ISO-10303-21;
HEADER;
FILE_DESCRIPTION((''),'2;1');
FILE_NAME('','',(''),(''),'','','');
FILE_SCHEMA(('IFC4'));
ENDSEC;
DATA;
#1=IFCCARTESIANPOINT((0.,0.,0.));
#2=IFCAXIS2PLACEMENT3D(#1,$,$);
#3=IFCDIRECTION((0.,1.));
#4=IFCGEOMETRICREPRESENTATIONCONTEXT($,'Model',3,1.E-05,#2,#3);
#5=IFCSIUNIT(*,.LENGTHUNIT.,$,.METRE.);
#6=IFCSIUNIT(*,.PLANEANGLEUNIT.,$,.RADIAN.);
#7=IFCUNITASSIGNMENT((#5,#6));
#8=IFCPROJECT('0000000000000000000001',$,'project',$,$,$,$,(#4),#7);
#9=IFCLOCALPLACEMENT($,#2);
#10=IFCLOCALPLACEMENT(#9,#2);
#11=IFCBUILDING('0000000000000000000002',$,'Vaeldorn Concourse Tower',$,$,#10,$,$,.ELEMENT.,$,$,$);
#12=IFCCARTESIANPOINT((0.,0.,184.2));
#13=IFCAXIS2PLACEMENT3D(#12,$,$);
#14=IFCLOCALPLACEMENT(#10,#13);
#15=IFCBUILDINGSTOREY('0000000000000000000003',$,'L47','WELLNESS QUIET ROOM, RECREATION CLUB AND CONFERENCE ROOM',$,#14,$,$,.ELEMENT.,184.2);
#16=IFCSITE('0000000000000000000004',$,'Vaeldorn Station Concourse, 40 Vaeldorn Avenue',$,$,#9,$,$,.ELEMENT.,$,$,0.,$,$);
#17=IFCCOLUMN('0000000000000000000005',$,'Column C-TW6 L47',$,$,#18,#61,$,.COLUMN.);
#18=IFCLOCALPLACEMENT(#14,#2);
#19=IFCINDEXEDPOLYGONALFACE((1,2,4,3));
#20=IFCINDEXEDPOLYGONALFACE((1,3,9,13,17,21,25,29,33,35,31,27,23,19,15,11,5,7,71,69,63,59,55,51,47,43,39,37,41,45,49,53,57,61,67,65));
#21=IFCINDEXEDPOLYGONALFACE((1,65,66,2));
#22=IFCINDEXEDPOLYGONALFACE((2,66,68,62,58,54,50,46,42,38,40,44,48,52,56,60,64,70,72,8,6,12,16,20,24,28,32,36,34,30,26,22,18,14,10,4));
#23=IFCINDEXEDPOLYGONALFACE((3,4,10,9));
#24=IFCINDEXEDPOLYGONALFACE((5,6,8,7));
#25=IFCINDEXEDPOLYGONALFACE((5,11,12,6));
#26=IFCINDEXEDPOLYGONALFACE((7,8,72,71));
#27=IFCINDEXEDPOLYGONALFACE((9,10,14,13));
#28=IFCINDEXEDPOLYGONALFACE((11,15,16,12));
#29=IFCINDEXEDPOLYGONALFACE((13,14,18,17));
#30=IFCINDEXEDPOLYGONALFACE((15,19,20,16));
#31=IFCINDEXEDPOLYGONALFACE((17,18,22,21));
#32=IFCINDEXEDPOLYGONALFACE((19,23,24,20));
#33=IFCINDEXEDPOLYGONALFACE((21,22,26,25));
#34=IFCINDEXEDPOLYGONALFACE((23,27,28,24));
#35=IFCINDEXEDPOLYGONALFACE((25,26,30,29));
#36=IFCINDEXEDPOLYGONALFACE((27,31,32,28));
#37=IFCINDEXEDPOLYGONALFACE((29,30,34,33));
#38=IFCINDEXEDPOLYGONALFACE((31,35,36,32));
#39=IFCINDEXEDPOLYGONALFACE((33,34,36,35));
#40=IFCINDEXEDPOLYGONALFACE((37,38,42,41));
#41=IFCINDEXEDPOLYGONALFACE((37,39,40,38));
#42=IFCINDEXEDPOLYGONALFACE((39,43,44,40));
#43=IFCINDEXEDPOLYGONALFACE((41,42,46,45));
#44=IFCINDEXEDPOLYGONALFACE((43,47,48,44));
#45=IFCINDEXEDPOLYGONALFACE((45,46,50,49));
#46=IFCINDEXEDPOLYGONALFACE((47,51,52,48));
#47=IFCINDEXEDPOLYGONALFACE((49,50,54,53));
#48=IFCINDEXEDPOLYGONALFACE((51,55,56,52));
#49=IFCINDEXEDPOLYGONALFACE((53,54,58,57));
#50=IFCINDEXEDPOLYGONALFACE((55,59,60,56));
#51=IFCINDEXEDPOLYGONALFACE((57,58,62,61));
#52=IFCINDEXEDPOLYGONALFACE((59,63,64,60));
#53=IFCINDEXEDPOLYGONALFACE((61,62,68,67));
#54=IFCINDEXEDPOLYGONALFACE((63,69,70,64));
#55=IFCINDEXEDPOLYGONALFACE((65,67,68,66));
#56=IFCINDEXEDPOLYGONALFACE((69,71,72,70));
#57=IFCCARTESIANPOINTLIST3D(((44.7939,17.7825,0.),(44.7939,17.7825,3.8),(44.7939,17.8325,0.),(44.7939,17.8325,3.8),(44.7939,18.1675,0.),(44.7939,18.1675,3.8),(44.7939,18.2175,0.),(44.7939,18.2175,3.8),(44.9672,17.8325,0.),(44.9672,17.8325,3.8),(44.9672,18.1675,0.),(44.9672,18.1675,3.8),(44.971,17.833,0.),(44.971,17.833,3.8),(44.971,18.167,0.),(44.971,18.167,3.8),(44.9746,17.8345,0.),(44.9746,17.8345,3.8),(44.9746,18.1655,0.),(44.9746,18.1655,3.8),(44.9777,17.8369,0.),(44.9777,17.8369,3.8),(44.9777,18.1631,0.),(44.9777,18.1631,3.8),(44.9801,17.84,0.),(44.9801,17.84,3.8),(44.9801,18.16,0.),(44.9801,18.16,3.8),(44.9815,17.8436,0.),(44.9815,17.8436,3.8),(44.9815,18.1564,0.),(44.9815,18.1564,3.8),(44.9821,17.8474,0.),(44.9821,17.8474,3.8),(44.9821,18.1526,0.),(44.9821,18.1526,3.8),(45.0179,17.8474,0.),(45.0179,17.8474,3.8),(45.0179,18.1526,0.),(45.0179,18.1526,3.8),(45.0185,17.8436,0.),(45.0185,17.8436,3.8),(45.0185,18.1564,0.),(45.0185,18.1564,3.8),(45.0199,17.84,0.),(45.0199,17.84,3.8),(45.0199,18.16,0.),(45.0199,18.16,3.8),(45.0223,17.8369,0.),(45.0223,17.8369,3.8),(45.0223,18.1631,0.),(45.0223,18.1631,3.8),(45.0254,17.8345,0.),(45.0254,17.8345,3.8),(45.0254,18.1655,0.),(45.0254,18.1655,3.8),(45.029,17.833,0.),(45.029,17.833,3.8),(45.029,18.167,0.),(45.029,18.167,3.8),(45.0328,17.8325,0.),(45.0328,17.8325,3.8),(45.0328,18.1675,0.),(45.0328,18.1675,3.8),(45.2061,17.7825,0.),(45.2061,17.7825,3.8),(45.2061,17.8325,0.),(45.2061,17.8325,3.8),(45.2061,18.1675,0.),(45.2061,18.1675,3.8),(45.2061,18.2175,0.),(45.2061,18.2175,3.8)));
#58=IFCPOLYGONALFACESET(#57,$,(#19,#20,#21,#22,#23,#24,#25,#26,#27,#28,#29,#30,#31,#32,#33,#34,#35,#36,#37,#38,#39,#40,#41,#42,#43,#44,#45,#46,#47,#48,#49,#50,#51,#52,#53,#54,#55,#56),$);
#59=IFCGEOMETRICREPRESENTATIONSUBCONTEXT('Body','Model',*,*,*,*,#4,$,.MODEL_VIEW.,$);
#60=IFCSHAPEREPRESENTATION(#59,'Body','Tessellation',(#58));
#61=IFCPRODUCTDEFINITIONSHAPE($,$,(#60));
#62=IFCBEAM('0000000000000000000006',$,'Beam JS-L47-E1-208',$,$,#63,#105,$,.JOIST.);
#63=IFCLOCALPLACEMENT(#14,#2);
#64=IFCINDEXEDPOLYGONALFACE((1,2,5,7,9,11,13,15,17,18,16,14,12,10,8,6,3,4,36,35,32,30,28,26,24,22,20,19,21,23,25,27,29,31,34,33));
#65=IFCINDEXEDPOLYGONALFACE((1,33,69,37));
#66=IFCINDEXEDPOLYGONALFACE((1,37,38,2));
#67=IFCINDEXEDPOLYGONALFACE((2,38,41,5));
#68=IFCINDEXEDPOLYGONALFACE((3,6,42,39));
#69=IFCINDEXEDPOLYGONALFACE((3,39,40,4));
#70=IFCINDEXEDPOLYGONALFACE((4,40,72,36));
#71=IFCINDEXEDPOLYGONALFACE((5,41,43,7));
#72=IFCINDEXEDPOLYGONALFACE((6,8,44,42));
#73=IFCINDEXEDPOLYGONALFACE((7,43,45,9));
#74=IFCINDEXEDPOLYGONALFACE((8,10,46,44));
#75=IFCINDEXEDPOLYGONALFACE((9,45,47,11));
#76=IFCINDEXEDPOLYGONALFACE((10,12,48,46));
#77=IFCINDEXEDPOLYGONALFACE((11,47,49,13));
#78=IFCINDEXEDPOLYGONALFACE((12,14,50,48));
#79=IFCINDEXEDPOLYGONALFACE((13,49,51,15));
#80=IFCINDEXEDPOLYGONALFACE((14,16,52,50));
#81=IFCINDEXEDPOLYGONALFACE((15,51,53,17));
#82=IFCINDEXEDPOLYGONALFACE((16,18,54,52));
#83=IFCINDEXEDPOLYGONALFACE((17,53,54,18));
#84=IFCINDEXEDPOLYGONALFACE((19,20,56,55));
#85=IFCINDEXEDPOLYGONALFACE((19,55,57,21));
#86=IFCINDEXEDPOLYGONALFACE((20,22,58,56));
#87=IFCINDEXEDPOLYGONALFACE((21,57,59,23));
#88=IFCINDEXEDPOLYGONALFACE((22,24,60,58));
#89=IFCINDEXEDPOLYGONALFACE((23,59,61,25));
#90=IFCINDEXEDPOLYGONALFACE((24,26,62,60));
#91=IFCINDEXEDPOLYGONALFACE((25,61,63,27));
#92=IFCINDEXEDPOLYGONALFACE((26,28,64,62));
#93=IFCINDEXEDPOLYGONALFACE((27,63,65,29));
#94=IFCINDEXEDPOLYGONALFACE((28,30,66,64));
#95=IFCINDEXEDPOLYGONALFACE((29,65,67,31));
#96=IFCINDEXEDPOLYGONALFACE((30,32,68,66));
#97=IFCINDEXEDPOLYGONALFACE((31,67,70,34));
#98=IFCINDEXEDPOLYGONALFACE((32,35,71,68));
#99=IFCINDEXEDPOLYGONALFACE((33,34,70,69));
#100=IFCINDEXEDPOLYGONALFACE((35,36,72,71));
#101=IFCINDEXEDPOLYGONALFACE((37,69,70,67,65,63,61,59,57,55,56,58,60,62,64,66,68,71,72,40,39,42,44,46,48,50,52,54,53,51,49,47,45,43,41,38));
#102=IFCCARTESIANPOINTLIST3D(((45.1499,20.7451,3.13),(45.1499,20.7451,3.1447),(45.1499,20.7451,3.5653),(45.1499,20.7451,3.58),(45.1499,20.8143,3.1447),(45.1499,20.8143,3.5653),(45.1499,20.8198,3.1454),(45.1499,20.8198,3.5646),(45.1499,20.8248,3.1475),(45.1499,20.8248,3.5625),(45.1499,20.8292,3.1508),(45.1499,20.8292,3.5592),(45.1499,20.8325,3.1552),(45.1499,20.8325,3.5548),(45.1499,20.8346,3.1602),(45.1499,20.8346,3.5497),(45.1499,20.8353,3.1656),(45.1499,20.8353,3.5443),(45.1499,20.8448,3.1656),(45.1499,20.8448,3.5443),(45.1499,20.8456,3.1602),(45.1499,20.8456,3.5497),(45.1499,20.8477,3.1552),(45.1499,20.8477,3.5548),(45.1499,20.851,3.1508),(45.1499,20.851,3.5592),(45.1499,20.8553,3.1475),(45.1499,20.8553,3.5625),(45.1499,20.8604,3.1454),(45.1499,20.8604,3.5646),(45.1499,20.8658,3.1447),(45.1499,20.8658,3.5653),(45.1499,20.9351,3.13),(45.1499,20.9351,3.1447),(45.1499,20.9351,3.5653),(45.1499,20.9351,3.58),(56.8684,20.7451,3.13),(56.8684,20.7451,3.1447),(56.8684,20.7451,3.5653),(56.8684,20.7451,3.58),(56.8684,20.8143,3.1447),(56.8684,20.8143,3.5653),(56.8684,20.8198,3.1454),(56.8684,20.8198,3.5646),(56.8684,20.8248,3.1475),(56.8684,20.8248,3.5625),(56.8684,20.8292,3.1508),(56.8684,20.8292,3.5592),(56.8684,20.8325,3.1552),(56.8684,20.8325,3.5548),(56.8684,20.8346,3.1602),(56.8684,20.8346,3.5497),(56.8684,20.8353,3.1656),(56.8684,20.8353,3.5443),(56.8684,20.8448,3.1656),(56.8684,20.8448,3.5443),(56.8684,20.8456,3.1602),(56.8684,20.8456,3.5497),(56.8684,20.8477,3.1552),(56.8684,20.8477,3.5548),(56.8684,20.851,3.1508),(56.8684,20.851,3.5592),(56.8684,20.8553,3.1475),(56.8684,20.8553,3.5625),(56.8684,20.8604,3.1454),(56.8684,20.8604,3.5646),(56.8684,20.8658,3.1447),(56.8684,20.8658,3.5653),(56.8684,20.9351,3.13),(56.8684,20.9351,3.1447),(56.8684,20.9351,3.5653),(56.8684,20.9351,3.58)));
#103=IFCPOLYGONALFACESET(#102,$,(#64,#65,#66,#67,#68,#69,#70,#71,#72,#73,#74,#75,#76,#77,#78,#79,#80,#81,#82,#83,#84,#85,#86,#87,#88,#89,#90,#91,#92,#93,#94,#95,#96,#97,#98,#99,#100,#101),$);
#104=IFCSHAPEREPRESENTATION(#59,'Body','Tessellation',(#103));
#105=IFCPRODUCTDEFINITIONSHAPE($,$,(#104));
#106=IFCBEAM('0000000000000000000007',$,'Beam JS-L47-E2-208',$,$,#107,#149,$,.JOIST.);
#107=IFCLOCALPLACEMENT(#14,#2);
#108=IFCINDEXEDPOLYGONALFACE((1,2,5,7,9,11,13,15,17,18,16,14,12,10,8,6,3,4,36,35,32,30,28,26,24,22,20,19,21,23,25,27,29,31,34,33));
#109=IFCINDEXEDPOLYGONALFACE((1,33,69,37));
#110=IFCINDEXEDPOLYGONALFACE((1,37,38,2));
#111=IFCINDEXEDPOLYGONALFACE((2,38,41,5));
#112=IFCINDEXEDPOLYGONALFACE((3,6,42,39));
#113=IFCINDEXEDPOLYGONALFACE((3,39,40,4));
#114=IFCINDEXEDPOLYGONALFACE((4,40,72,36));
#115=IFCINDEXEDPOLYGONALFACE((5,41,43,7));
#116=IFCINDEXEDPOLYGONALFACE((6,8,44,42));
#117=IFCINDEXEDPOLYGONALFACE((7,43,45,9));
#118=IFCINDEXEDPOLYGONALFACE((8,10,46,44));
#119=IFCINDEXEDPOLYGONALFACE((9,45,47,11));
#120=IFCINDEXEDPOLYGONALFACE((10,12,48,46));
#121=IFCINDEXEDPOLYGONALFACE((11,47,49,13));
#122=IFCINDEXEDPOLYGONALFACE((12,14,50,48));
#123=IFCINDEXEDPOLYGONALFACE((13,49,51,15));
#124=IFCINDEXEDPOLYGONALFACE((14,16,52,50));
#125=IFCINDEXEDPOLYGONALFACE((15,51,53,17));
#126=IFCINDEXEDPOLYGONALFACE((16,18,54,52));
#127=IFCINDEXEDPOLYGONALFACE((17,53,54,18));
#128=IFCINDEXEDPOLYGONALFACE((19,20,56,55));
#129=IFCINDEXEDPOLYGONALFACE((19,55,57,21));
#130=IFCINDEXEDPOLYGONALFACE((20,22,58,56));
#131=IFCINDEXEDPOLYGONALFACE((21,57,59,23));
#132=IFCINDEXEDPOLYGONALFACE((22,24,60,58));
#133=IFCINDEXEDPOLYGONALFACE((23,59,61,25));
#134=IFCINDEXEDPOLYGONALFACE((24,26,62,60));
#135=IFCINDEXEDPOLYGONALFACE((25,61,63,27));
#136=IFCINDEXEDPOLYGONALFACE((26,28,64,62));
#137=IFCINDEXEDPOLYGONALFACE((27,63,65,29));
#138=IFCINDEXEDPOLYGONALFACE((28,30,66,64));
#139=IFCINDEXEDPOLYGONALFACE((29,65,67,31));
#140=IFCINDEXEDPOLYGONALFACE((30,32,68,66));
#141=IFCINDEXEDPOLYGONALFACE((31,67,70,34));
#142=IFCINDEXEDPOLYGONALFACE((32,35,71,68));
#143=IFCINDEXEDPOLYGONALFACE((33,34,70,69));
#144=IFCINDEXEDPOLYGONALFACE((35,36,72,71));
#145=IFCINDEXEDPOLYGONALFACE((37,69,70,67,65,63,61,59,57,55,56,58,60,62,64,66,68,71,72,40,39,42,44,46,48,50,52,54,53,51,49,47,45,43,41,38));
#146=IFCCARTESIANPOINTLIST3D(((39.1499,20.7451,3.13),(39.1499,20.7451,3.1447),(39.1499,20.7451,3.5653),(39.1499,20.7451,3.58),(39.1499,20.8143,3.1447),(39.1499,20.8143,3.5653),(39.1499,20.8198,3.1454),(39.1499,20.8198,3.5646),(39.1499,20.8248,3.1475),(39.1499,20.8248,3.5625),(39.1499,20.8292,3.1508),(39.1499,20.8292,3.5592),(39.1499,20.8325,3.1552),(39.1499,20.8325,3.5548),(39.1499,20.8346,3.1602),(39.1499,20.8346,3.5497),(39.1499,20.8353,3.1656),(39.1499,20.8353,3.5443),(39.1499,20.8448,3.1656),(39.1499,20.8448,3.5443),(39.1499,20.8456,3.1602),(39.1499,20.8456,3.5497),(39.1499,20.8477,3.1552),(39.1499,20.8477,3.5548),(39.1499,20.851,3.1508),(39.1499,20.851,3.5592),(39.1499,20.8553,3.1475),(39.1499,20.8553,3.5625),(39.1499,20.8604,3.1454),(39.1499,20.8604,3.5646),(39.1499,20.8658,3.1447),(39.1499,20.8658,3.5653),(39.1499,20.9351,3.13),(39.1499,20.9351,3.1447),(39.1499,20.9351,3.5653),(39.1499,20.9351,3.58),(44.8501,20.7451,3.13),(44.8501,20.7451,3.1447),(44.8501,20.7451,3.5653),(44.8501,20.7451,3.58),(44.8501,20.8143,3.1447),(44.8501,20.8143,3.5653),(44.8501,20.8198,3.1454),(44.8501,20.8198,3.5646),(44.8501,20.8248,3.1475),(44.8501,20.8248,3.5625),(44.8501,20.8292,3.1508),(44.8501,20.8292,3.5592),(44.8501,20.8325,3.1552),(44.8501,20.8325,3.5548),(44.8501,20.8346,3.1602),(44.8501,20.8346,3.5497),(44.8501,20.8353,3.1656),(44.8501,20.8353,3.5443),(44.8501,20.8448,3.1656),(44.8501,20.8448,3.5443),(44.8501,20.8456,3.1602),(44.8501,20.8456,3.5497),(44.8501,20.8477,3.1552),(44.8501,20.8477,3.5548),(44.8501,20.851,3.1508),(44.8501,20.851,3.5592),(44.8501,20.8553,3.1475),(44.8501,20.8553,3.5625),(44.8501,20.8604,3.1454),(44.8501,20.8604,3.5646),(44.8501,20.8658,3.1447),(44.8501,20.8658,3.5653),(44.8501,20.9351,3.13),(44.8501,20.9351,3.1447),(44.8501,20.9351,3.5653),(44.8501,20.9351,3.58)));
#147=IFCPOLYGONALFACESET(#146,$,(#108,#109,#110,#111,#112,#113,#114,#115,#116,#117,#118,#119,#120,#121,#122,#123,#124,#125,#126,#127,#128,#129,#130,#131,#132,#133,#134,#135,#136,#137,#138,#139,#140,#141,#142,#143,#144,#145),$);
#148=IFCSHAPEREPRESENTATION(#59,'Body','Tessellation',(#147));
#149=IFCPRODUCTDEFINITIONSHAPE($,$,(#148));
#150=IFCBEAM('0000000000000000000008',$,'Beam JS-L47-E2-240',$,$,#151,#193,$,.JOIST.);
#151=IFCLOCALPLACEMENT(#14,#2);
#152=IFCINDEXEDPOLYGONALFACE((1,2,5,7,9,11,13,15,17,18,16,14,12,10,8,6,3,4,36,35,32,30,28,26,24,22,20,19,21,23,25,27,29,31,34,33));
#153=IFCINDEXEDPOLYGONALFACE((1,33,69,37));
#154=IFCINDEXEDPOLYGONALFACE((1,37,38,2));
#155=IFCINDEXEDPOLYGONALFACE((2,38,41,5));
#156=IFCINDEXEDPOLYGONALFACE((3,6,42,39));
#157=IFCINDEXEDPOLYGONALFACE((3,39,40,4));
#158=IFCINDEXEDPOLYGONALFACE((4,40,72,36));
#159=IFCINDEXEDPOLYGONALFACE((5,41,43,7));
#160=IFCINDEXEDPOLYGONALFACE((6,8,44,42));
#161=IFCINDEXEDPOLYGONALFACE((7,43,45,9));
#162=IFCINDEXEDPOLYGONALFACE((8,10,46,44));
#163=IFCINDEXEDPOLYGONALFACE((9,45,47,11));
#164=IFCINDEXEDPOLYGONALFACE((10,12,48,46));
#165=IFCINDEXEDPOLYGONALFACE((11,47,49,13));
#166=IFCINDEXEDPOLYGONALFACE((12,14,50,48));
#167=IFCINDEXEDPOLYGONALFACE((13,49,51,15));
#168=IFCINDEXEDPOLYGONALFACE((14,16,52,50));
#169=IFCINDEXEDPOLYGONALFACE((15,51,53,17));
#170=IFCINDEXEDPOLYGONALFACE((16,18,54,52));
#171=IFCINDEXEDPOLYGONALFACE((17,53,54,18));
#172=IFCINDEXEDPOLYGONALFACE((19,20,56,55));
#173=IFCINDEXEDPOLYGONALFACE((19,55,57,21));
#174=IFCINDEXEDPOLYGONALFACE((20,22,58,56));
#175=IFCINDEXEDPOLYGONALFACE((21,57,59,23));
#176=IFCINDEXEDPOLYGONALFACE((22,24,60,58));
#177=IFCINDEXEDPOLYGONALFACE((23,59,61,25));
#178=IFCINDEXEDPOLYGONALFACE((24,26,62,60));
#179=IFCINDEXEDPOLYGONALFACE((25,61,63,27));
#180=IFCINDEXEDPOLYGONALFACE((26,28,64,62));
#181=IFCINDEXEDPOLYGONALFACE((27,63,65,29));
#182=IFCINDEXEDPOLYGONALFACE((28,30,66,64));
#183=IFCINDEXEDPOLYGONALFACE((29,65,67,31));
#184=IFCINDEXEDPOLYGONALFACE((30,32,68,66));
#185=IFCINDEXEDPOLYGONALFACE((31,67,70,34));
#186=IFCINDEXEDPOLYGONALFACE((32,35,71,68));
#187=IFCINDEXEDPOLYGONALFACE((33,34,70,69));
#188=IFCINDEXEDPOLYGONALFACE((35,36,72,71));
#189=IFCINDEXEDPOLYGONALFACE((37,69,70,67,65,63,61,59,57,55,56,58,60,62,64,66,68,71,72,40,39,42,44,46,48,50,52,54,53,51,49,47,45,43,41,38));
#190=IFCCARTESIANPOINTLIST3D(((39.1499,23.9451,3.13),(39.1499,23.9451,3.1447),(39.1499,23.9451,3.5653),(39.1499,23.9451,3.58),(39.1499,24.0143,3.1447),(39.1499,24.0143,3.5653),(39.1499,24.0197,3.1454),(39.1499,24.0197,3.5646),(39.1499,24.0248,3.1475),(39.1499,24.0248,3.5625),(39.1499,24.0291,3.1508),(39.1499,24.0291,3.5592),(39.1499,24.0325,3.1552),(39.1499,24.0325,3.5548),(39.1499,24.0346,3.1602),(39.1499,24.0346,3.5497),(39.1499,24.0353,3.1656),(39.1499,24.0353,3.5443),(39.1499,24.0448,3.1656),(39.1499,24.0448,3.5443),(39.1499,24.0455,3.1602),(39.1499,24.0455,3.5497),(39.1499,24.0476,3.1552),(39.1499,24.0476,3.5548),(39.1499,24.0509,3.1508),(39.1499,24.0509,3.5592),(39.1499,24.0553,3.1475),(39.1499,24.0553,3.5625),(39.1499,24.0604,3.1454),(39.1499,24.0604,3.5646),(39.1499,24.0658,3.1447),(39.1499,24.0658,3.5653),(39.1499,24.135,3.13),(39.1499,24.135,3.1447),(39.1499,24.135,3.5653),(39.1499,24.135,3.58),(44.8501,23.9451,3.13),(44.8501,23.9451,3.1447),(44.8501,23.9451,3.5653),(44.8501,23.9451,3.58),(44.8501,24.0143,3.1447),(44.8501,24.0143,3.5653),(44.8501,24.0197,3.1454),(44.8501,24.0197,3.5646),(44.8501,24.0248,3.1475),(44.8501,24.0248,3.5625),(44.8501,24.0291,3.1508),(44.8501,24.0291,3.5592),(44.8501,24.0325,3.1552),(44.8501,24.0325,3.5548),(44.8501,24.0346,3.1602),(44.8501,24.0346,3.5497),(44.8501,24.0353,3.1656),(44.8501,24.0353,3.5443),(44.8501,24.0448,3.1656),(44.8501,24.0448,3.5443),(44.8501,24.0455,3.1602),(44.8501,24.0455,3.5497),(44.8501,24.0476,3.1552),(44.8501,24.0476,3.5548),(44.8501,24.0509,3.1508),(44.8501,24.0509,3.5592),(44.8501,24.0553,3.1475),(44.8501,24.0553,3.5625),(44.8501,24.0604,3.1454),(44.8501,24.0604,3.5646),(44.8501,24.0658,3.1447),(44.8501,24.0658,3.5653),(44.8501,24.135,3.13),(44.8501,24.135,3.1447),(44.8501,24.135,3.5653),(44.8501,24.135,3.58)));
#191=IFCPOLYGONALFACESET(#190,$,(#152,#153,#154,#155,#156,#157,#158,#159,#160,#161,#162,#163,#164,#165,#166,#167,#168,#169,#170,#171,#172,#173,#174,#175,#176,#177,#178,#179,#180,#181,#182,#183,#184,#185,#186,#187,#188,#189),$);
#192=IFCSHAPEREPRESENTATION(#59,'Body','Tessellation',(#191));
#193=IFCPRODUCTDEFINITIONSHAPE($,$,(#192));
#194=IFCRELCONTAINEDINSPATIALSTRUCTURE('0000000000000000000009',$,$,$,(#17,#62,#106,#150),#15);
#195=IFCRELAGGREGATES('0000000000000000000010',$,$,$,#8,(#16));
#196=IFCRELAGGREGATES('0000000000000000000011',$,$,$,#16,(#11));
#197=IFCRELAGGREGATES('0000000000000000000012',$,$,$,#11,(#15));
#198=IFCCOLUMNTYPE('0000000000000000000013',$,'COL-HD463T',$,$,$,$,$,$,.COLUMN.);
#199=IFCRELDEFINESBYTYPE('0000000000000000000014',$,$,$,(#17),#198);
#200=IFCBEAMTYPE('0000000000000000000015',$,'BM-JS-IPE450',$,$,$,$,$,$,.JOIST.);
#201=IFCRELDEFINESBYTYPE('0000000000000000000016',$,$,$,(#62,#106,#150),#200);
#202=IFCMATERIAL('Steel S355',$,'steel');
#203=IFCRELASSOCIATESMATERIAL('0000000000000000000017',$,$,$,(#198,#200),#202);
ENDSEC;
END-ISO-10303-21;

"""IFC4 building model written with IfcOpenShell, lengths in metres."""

from ifc_helpers import new_model, si_unit, direction, frame, origin, origin_2d, place, context, subcontext, project, spatial, i_section, extrude, source, transform, mapped, material, material_profile, profile_set, type_object, element, save


model = new_model("IFC4")

# Units and contexts
model_context = context("Model", 3, precision=1e-05, world=origin(), true_north=direction((0.0, 1.0)))
body_context = subcontext(model_context, "Body", "Model", "MODEL_VIEW")
ifc_project = project(units=[si_unit("LENGTHUNIT", "METRE"), si_unit("PLANEANGLEUNIT", "RADIAN")], contexts=[model_context])

# Site, building, storey
site_placement = place(None, origin())
site = spatial("IfcSite", under=ifc_project, at=site_placement, Name="Vaeldorn Station Concourse, 40 Vaeldorn Avenue", CompositionType="ELEMENT", RefElevation=0.0)
building_placement = place(site_placement, origin())
building = spatial("IfcBuilding", under=site, at=building_placement, Name="Vaeldorn Concourse Tower", CompositionType="ELEMENT")
storey_placement = place(building_placement, frame((0.0, 0.0, 184.2)))
storey = spatial("IfcBuildingStorey", under=building, at=storey_placement, Name="L47", Description="WELLNESS QUIET ROOM, RECREATION CLUB AND CONFERENCE ROOM", CompositionType="ELEMENT", Elevation=184.2)

# Column
ifc_material_1 = material(Name="Steel S355", Category="steel")
ifc_material_profile_1 = material_profile(ifc_material_1, i_section(OverallWidth=0.4121, OverallDepth=0.4351, WebThickness=0.0359, FlangeThickness=0.05, FilletRadius=0.0149, at=origin_2d()), Name="HD 400x463")
ifc_profile_set_1 = profile_set([ifc_material_profile_1], Name="Steel S355")
column_type_1 = type_object("IfcColumnType", Name="COL-HD463T", PredefinedType="COLUMN", material=ifc_profile_set_1)
shared_shape_1 = source(origin(), body_context, "Body", "SweptSolid", [
    extrude(i_section(OverallWidth=0.4121, OverallDepth=0.4351, WebThickness=0.0359, FlangeThickness=0.05, FilletRadius=0.0149, at=origin_2d()), origin(), (0.0, 0.0, 1.0), 3.8),
])
for number, where, z_axis, x_axis, name in (
    (1, (45.0, 18.0, 0.0), (0.0, 0.0, 1.0), (1.0, 0.0, 0.0), "Column C-TW6 L47"),
):
    element("IfcColumn", number, at=place(storey_placement, frame(where, z_axis=z_axis, x_axis=x_axis)), inside=storey, type_object=column_type_1, Name=name, PredefinedType="COLUMN", context=body_context, shape_type="MappedRepresentation", body=[
        mapped(shared_shape_1, transform((0.0, 0.0, 0.0), scale=1.0)),
    ])

# Beams
ifc_material_profile_2 = material_profile(ifc_material_1, i_section(OverallWidth=0.1899, OverallDepth=0.45, WebThickness=0.0095, FlangeThickness=0.0146, FilletRadius=0.021, at=origin_2d()), Name="IPE 450")
ifc_profile_set_2 = profile_set([ifc_material_profile_2], Name="Steel S355")
beam_type_1 = type_object("IfcBeamType", Name="BM-JS-IPE450", PredefinedType="JOIST", material=ifc_profile_set_2)
shared_shape_2 = source(origin(), body_context, "Body", "SweptSolid", [
    extrude(i_section(OverallWidth=0.1899, OverallDepth=0.45, WebThickness=0.0095, FlangeThickness=0.0146, FilletRadius=0.021, at=origin_2d()), origin(), (0.0, 0.0, 1.0), 11.7185),
])
beam_1_placement = place(storey_placement, frame((45.1499, 20.8401, 3.355), z_axis=(1.0, 0.0, 0.0), x_axis=(0.0, 1.0, 0.0)))
element("IfcBeam", 2, at=beam_1_placement, inside=storey, type_object=beam_type_1, Name="Beam JS-L47-E1-208", PredefinedType="JOIST", context=body_context, shape_type="MappedRepresentation", body=[
    mapped(shared_shape_2, transform((0.0, 0.0, 0.0), scale=1.0)),
])
shared_shape_3 = source(origin(), body_context, "Body", "SweptSolid", [
    extrude(i_section(OverallWidth=0.1899, OverallDepth=0.45, WebThickness=0.0095, FlangeThickness=0.0146, FilletRadius=0.021, at=origin_2d()), origin(), (0.0, 0.0, 1.0), 5.7002),
])
for number, where, z_axis, x_axis, name in (
    (3, (39.1499, 20.8401, 3.355), (1.0, 0.0, 0.0), (0.0, 1.0, 0.0), "Beam JS-L47-E2-208"),
    (4, (39.1499, 24.04, 3.355), (1.0, 0.0, 0.0), (0.0, 1.0, 0.0), "Beam JS-L47-E2-240"),
):
    element("IfcBeam", number, at=place(storey_placement, frame(where, z_axis=z_axis, x_axis=x_axis)), inside=storey, type_object=beam_type_1, Name=name, PredefinedType="JOIST", context=body_context, shape_type="MappedRepresentation", body=[
        mapped(shared_shape_3, transform((0.0, 0.0, 0.0), scale=1.0)),
    ])

save(model, "model.ifc")
